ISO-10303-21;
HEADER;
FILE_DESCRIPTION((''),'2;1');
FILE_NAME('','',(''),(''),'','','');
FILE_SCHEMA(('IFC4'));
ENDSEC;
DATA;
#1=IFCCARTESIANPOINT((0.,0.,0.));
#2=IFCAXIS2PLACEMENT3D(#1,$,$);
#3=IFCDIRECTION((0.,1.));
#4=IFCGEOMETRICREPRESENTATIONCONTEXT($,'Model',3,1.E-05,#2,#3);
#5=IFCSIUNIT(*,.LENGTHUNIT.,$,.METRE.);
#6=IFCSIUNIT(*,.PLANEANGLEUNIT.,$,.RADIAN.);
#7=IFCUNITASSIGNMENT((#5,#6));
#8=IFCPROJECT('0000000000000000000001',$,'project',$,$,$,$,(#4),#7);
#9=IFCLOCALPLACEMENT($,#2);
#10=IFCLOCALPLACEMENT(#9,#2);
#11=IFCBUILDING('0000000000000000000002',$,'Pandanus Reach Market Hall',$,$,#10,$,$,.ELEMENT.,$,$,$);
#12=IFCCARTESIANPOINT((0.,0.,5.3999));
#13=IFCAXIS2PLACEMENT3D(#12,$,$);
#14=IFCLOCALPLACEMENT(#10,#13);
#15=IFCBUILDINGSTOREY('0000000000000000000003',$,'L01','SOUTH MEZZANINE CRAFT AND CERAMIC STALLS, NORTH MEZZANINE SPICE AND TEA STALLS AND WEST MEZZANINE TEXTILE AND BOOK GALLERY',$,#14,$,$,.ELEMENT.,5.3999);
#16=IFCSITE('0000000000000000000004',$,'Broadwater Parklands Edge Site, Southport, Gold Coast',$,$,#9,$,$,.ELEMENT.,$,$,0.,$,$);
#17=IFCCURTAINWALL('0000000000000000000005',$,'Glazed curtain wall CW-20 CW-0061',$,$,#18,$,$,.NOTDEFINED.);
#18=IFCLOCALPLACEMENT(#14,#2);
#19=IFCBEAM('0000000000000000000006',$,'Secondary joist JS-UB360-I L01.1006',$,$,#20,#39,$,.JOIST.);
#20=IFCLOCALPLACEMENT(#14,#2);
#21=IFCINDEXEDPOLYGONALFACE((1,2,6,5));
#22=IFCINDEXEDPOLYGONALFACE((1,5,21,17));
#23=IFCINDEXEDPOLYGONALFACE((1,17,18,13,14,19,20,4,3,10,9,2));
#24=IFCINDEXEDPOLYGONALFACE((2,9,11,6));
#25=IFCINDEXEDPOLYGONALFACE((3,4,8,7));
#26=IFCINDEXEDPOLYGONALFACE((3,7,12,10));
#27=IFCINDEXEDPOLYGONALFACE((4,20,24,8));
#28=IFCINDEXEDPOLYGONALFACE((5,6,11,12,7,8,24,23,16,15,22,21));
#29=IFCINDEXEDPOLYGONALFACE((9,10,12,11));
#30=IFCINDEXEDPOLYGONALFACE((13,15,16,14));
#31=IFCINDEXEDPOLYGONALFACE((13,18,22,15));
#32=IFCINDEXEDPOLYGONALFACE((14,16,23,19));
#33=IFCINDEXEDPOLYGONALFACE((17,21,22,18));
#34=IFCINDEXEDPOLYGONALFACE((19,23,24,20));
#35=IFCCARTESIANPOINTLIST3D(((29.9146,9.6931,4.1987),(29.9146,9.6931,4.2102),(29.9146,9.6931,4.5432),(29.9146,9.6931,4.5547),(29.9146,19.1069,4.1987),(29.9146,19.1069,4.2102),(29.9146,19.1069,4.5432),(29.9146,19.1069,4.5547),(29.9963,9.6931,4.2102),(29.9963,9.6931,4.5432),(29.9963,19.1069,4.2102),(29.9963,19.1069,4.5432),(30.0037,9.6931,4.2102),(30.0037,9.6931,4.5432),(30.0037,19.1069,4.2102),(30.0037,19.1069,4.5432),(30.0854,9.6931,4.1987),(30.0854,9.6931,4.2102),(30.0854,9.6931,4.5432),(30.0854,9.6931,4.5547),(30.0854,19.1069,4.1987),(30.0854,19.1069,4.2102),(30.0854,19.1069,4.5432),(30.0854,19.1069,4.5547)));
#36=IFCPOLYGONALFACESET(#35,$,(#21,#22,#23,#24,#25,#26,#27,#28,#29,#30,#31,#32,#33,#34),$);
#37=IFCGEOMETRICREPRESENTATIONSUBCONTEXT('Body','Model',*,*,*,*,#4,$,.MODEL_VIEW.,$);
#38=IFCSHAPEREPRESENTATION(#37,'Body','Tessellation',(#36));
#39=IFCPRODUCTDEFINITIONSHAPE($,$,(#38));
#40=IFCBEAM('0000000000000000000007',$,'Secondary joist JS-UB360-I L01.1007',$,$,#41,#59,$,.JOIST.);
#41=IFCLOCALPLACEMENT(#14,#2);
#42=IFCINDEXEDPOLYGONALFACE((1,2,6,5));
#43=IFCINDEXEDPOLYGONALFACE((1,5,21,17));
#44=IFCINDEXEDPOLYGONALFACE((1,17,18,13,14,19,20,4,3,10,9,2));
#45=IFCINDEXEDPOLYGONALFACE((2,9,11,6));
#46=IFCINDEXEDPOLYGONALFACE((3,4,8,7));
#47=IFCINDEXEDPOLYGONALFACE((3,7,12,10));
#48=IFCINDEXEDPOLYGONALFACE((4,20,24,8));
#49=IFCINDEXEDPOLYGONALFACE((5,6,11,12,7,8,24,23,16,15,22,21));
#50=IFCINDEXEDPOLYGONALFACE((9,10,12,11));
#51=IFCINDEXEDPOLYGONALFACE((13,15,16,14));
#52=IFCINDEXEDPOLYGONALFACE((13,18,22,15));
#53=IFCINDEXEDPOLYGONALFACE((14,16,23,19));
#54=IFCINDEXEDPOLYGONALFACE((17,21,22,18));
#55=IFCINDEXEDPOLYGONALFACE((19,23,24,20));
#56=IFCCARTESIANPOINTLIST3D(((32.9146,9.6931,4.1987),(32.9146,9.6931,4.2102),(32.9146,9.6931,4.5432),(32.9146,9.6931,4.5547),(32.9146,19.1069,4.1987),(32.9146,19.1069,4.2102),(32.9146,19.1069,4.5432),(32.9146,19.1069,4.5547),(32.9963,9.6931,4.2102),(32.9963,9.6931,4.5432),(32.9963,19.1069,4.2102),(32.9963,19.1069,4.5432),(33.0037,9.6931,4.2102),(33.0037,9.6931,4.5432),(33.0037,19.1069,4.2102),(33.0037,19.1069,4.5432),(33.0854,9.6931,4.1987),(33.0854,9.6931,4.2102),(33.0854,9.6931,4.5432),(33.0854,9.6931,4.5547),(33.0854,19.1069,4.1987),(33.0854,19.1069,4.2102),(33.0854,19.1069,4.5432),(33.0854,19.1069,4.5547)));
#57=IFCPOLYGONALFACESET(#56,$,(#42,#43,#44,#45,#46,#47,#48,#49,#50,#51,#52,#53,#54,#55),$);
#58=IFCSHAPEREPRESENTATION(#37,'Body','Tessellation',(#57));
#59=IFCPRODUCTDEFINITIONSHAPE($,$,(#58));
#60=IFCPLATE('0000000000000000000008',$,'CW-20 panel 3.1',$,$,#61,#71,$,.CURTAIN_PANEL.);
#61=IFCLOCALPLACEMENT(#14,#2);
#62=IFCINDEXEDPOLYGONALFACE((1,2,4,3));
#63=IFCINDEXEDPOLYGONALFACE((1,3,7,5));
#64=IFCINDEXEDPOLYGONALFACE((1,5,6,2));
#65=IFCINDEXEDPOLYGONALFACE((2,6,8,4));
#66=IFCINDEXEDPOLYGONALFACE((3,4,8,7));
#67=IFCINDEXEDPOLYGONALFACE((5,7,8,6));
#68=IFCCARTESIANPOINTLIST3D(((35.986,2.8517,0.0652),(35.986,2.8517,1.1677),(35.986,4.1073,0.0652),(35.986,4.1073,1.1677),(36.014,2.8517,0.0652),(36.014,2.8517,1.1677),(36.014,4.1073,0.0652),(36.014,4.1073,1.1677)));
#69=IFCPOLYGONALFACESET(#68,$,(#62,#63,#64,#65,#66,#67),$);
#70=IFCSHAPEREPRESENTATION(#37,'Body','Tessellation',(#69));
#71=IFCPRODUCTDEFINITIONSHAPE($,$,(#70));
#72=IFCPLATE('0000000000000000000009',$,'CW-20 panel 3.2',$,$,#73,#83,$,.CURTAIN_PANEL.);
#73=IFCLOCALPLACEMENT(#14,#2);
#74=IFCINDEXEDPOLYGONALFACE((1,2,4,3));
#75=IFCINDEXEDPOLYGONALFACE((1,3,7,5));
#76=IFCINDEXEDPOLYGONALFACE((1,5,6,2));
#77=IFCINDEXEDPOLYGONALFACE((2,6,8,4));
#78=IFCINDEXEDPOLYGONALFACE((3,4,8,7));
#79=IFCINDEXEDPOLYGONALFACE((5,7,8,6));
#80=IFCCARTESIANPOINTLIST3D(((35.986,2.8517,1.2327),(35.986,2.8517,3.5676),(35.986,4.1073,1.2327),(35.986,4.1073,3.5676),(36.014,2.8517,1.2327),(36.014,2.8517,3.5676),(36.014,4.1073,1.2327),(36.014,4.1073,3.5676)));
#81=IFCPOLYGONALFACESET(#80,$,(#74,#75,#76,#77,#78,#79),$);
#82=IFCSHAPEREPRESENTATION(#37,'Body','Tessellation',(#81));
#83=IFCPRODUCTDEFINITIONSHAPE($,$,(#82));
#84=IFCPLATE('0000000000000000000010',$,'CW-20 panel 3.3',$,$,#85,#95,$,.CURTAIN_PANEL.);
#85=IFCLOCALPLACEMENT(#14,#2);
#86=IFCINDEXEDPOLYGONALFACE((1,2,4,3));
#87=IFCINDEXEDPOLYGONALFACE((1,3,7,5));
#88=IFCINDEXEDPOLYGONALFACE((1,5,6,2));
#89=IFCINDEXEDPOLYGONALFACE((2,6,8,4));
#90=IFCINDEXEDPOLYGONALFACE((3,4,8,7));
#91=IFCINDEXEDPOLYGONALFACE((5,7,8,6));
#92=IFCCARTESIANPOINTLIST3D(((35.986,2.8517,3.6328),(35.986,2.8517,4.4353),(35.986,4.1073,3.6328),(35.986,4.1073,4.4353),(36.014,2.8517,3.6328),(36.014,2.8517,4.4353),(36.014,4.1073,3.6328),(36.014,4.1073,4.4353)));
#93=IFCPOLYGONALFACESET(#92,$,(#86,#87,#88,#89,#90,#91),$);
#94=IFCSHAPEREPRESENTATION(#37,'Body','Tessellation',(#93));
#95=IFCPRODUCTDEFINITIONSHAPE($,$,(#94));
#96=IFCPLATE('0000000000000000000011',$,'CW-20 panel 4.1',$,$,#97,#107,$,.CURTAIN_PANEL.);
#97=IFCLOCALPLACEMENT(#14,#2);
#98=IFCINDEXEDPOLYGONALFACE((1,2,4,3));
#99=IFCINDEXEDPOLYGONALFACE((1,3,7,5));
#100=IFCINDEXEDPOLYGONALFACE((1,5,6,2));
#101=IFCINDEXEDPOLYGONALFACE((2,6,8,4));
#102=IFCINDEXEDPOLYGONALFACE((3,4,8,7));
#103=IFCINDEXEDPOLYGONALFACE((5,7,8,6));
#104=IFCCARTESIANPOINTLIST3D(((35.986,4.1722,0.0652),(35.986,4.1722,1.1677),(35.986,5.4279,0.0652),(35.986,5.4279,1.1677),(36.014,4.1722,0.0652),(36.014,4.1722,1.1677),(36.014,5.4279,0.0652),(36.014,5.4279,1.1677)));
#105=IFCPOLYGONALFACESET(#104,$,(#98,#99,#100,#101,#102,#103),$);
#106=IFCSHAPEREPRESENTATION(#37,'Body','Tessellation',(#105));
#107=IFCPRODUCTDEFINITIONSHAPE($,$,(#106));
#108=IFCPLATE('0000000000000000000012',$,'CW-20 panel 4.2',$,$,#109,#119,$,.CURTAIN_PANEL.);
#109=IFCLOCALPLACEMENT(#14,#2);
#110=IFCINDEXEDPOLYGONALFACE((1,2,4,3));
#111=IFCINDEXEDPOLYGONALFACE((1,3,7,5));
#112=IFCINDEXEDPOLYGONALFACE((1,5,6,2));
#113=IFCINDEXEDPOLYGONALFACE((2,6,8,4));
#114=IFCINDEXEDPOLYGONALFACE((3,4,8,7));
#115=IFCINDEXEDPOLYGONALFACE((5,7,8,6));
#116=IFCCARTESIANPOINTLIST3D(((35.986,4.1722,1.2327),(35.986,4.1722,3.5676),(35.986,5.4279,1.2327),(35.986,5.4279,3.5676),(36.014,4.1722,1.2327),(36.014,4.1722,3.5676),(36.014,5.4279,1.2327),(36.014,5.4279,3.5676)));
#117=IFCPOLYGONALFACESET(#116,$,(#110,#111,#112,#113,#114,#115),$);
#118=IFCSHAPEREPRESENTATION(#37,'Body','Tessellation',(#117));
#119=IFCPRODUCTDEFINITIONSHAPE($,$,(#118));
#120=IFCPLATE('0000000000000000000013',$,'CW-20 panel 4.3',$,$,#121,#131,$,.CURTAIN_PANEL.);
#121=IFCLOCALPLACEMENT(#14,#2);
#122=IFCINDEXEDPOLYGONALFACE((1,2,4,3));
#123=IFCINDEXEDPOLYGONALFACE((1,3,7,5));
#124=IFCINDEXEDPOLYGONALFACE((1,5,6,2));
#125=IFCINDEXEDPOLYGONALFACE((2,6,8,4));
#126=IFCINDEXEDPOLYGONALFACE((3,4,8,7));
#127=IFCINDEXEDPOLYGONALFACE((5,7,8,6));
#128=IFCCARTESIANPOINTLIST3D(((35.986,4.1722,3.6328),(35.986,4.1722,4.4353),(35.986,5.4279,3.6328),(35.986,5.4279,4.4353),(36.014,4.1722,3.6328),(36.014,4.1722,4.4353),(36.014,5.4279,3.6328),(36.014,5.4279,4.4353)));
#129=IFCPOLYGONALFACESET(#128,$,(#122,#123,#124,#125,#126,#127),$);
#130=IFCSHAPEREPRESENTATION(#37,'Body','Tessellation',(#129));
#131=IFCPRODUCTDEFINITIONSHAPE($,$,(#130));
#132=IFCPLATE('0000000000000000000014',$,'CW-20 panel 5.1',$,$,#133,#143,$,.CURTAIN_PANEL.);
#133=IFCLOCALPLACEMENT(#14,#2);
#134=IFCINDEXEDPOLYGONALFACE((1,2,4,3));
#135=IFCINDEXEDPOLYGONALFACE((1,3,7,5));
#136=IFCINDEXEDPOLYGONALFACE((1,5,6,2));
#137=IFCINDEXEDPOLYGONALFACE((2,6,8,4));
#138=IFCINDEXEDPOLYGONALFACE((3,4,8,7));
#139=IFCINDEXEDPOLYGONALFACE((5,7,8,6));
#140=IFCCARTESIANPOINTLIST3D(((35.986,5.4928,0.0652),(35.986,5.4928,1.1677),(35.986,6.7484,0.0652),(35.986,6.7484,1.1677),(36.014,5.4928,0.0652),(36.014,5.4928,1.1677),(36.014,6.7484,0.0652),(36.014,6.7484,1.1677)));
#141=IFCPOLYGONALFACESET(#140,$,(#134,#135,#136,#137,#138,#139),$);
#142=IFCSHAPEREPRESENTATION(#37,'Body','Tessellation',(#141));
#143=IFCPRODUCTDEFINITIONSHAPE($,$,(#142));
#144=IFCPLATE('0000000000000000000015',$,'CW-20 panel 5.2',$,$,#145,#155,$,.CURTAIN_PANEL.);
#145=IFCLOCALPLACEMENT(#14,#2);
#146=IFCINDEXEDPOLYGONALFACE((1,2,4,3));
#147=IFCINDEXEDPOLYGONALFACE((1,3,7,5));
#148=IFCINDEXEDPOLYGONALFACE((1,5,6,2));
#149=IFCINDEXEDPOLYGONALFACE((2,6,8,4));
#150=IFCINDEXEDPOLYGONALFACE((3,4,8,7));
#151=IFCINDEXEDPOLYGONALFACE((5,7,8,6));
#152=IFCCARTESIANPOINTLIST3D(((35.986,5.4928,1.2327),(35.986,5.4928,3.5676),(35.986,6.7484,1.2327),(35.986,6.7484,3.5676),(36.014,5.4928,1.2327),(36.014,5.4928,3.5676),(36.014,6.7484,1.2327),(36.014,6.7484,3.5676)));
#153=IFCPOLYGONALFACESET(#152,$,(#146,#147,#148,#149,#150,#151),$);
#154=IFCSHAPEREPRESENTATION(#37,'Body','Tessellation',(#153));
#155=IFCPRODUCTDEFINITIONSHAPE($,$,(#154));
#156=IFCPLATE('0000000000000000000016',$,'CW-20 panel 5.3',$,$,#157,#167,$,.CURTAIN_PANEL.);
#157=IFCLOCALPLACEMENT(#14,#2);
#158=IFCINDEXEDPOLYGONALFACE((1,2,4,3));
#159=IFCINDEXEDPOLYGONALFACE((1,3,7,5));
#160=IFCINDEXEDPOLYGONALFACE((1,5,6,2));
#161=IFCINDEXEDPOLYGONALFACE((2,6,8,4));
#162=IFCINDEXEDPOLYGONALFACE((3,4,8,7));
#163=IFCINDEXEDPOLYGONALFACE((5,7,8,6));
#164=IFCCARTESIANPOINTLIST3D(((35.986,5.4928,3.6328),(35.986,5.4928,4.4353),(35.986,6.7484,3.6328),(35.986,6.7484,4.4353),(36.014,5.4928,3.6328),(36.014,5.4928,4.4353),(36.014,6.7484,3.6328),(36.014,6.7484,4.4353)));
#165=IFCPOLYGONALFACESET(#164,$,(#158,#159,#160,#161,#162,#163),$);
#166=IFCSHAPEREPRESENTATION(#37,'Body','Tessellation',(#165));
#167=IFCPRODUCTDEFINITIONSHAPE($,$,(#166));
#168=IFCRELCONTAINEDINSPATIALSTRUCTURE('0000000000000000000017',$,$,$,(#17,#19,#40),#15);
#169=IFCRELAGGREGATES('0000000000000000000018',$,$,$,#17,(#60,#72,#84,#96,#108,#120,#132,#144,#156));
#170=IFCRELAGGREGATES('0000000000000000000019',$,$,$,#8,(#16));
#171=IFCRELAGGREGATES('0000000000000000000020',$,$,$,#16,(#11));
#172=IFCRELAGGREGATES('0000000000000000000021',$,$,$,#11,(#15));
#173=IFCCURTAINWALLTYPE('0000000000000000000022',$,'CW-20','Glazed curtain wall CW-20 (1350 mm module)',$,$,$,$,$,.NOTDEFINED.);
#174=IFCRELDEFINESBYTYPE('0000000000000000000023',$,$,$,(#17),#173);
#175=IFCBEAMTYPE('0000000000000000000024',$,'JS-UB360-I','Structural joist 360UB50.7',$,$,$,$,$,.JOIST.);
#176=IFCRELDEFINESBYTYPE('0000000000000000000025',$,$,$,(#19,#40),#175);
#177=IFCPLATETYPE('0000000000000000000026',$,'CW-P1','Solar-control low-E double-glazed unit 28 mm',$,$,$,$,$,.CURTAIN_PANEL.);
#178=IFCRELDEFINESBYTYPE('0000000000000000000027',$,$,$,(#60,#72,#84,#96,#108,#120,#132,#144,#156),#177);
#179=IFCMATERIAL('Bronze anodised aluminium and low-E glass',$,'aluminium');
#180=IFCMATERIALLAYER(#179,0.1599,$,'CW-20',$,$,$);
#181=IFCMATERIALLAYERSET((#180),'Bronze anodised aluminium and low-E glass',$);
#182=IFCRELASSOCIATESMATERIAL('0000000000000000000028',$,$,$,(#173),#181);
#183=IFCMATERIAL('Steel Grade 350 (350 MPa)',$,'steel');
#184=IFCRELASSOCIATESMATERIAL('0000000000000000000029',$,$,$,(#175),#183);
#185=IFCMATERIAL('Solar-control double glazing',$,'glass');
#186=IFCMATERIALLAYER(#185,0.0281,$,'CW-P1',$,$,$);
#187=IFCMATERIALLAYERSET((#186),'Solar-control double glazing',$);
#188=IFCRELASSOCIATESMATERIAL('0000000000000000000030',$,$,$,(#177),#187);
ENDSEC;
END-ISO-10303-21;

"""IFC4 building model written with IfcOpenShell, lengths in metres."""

from ifc_helpers import new_model, si_unit, direction, frame, origin, origin_2d, place, context, subcontext, project, spatial, rectangle, i_section, extrude, material, layer, layer_set, material_profile, profile_set, type_object, element, aggregate, save


model = new_model("IFC4")

# Units and contexts
model_context = context("Model", 3, precision=1e-05, world=origin(), true_north=direction((0.0, 1.0)))
body_context = subcontext(model_context, "Body", "Model", "MODEL_VIEW")
ifc_project = project(units=[si_unit("LENGTHUNIT", "METRE"), si_unit("PLANEANGLEUNIT", "RADIAN")], contexts=[model_context])

# Site, building, storey
site_placement = place(None, origin())
site = spatial("IfcSite", under=ifc_project, at=site_placement, Name="Broadwater Parklands Edge Site, Southport, Gold Coast", CompositionType="ELEMENT", RefElevation=0.0)
building_placement = place(site_placement, origin())
building = spatial("IfcBuilding", under=site, at=building_placement, Name="Pandanus Reach Market Hall", CompositionType="ELEMENT")
storey_placement = place(building_placement, frame((0.0, 0.0, 5.3999)))
storey = spatial("IfcBuildingStorey", under=building, at=storey_placement, Name="L01", Description="SOUTH MEZZANINE CRAFT AND CERAMIC STALLS, NORTH MEZZANINE SPICE AND TEA STALLS AND WEST MEZZANINE TEXTILE AND BOOK GALLERY", CompositionType="ELEMENT", Elevation=5.3999)

# Curtain wall
ifc_material_1 = material(Name="Bronze anodised aluminium and low-E glass", Category="aluminium")
ifc_layer_1 = layer(ifc_material_1, 0.1599, Name="CW-20")
ifc_layer_set_1 = layer_set([ifc_layer_1], Name="Bronze anodised aluminium and low-E glass")
curtain_wall_type = type_object("IfcCurtainWallType", Name="CW-20", Description="Glazed curtain wall CW-20 (1350 mm module)", PredefinedType="NOTDEFINED", material=ifc_layer_set_1)
curtain_wall_placement = place(storey_placement, origin())
curtain_wall = element("IfcCurtainWall", 1, at=curtain_wall_placement, inside=storey, type_object=curtain_wall_type, Name="Glazed curtain wall CW-20 CW-0061", PredefinedType="NOTDEFINED")

# Beams
ifc_material_2 = material(Name="Steel Grade 350 (350 MPa)", Category="steel")
ifc_material_profile_1 = material_profile(ifc_material_2, i_section(OverallWidth=0.1709, OverallDepth=0.356, WebThickness=0.0073, FlangeThickness=0.0115, at=origin_2d()), Name="360UB50.7", Category="LoadBearing")
ifc_profile_set_1 = profile_set([ifc_material_profile_1], Name="Steel Grade 350 (350 MPa)")
beam_type = type_object("IfcBeamType", Name="JS-UB360-I", Description="Structural joist 360UB50.7", PredefinedType="JOIST", material=ifc_profile_set_1)
for number, where, z_axis, x_axis, name in (
    (2, (30.0, 9.6931, 4.3767), (0.0, 1.0, 0.0), (-1.0, 0.0, 0.0), "Secondary joist JS-UB360-I L01.1006"),
    (3, (33.0, 9.6931, 4.3767), (0.0, 1.0, 0.0), (-1.0, 0.0, 0.0), "Secondary joist JS-UB360-I L01.1007"),
):
    element("IfcBeam", number, at=place(storey_placement, frame(where, z_axis=z_axis, x_axis=x_axis)), inside=storey, type_object=beam_type, Name=name, PredefinedType="JOIST", context=body_context, shape_type="SweptSolid", body=[
        extrude(i_section(OverallWidth=0.1709, OverallDepth=0.356, WebThickness=0.0073, FlangeThickness=0.0115, at=origin_2d()), origin(), (0.0, 0.0, 1.0), 9.4138),
    ])

# Plates
ifc_material_3 = material(Name="Solar-control double glazing", Category="glass")
ifc_layer_2 = layer(ifc_material_3, 0.0281, Name="CW-P1")
ifc_layer_set_2 = layer_set([ifc_layer_2], Name="Solar-control double glazing")
plate_type = type_object("IfcPlateType", Name="CW-P1", Description="Solar-control low-E double-glazed unit 28 mm", PredefinedType="CURTAIN_PANEL", material=ifc_layer_set_2)
plate_1_placement = place(storey_placement, frame((36.0, 3.4795, 0.0652), z_axis=(0.0, 0.0, 1.0), x_axis=(0.0, 1.0, 0.0)))
plate_1 = element("IfcPlate", 4, at=plate_1_placement, type_object=plate_type, Name="CW-20 panel 3.1", PredefinedType="CURTAIN_PANEL", context=body_context, shape_type="SweptSolid", body=[
    extrude(rectangle(XDim=1.2556, YDim=0.0281, at=origin_2d()), origin(), (0.0, 0.0, 1.0), 1.1025),
])
plate_2_placement = place(storey_placement, frame((36.0, 3.4795, 1.2327), z_axis=(0.0, 0.0, 1.0), x_axis=(0.0, 1.0, 0.0)))
plate_2 = element("IfcPlate", 5, at=plate_2_placement, type_object=plate_type, Name="CW-20 panel 3.2", PredefinedType="CURTAIN_PANEL", context=body_context, shape_type="SweptSolid", body=[
    extrude(rectangle(XDim=1.2556, YDim=0.0281, at=origin_2d()), origin(), (0.0, 0.0, 1.0), 2.335),
])
plate_3_placement = place(storey_placement, frame((36.0, 3.4795, 3.6328), z_axis=(0.0, 0.0, 1.0), x_axis=(0.0, 1.0, 0.0)))
plate_3 = element("IfcPlate", 6, at=plate_3_placement, type_object=plate_type, Name="CW-20 panel 3.3", PredefinedType="CURTAIN_PANEL", context=body_context, shape_type="SweptSolid", body=[
    extrude(rectangle(XDim=1.2556, YDim=0.0281, at=origin_2d()), origin(), (0.0, 0.0, 1.0), 0.8025),
])
plate_4_placement = place(storey_placement, frame((36.0, 4.8, 0.0652), z_axis=(0.0, 0.0, 1.0), x_axis=(0.0, 1.0, 0.0)))
plate_4 = element("IfcPlate", 7, at=plate_4_placement, type_object=plate_type, Name="CW-20 panel 4.1", PredefinedType="CURTAIN_PANEL", context=body_context, shape_type="SweptSolid", body=[
    extrude(rectangle(XDim=1.2556, YDim=0.0281, at=origin_2d()), origin(), (0.0, 0.0, 1.0), 1.1025),
])
plate_5_placement = place(storey_placement, frame((36.0, 4.8, 1.2327), z_axis=(0.0, 0.0, 1.0), x_axis=(0.0, 1.0, 0.0)))
plate_5 = element("IfcPlate", 8, at=plate_5_placement, type_object=plate_type, Name="CW-20 panel 4.2", PredefinedType="CURTAIN_PANEL", context=body_context, shape_type="SweptSolid", body=[
    extrude(rectangle(XDim=1.2556, YDim=0.0281, at=origin_2d()), origin(), (0.0, 0.0, 1.0), 2.335),
])
plate_6_placement = place(storey_placement, frame((36.0, 4.8, 3.6328), z_axis=(0.0, 0.0, 1.0), x_axis=(0.0, 1.0, 0.0)))
plate_6 = element("IfcPlate", 9, at=plate_6_placement, type_object=plate_type, Name="CW-20 panel 4.3", PredefinedType="CURTAIN_PANEL", context=body_context, shape_type="SweptSolid", body=[
    extrude(rectangle(XDim=1.2556, YDim=0.0281, at=origin_2d()), origin(), (0.0, 0.0, 1.0), 0.8025),
])
plate_7_placement = place(storey_placement, frame((36.0, 6.1206, 0.0652), z_axis=(0.0, 0.0, 1.0), x_axis=(0.0, 1.0, 0.0)))
plate_7 = element("IfcPlate", 10, at=plate_7_placement, type_object=plate_type, Name="CW-20 panel 5.1", PredefinedType="CURTAIN_PANEL", context=body_context, shape_type="SweptSolid", body=[
    extrude(rectangle(XDim=1.2556, YDim=0.0281, at=origin_2d()), origin(), (0.0, 0.0, 1.0), 1.1025),
])
plate_8_placement = place(storey_placement, frame((36.0, 6.1206, 1.2327), z_axis=(0.0, 0.0, 1.0), x_axis=(0.0, 1.0, 0.0)))
plate_8 = element("IfcPlate", 11, at=plate_8_placement, type_object=plate_type, Name="CW-20 panel 5.2", PredefinedType="CURTAIN_PANEL", context=body_context, shape_type="SweptSolid", body=[
    extrude(rectangle(XDim=1.2556, YDim=0.0281, at=origin_2d()), origin(), (0.0, 0.0, 1.0), 2.335),
])
plate_9_placement = place(storey_placement, frame((36.0, 6.1206, 3.6328), z_axis=(0.0, 0.0, 1.0), x_axis=(0.0, 1.0, 0.0)))
plate_9 = element("IfcPlate", 12, at=plate_9_placement, type_object=plate_type, Name="CW-20 panel 5.3", PredefinedType="CURTAIN_PANEL", context=body_context, shape_type="SweptSolid", body=[
    extrude(rectangle(XDim=1.2556, YDim=0.0281, at=origin_2d()), origin(), (0.0, 0.0, 1.0), 0.8025),
])
aggregate(curtain_wall, [plate_1, plate_2, plate_3, plate_4, plate_5, plate_6, plate_7, plate_8, plate_9])

save(model, "model.ifc")
